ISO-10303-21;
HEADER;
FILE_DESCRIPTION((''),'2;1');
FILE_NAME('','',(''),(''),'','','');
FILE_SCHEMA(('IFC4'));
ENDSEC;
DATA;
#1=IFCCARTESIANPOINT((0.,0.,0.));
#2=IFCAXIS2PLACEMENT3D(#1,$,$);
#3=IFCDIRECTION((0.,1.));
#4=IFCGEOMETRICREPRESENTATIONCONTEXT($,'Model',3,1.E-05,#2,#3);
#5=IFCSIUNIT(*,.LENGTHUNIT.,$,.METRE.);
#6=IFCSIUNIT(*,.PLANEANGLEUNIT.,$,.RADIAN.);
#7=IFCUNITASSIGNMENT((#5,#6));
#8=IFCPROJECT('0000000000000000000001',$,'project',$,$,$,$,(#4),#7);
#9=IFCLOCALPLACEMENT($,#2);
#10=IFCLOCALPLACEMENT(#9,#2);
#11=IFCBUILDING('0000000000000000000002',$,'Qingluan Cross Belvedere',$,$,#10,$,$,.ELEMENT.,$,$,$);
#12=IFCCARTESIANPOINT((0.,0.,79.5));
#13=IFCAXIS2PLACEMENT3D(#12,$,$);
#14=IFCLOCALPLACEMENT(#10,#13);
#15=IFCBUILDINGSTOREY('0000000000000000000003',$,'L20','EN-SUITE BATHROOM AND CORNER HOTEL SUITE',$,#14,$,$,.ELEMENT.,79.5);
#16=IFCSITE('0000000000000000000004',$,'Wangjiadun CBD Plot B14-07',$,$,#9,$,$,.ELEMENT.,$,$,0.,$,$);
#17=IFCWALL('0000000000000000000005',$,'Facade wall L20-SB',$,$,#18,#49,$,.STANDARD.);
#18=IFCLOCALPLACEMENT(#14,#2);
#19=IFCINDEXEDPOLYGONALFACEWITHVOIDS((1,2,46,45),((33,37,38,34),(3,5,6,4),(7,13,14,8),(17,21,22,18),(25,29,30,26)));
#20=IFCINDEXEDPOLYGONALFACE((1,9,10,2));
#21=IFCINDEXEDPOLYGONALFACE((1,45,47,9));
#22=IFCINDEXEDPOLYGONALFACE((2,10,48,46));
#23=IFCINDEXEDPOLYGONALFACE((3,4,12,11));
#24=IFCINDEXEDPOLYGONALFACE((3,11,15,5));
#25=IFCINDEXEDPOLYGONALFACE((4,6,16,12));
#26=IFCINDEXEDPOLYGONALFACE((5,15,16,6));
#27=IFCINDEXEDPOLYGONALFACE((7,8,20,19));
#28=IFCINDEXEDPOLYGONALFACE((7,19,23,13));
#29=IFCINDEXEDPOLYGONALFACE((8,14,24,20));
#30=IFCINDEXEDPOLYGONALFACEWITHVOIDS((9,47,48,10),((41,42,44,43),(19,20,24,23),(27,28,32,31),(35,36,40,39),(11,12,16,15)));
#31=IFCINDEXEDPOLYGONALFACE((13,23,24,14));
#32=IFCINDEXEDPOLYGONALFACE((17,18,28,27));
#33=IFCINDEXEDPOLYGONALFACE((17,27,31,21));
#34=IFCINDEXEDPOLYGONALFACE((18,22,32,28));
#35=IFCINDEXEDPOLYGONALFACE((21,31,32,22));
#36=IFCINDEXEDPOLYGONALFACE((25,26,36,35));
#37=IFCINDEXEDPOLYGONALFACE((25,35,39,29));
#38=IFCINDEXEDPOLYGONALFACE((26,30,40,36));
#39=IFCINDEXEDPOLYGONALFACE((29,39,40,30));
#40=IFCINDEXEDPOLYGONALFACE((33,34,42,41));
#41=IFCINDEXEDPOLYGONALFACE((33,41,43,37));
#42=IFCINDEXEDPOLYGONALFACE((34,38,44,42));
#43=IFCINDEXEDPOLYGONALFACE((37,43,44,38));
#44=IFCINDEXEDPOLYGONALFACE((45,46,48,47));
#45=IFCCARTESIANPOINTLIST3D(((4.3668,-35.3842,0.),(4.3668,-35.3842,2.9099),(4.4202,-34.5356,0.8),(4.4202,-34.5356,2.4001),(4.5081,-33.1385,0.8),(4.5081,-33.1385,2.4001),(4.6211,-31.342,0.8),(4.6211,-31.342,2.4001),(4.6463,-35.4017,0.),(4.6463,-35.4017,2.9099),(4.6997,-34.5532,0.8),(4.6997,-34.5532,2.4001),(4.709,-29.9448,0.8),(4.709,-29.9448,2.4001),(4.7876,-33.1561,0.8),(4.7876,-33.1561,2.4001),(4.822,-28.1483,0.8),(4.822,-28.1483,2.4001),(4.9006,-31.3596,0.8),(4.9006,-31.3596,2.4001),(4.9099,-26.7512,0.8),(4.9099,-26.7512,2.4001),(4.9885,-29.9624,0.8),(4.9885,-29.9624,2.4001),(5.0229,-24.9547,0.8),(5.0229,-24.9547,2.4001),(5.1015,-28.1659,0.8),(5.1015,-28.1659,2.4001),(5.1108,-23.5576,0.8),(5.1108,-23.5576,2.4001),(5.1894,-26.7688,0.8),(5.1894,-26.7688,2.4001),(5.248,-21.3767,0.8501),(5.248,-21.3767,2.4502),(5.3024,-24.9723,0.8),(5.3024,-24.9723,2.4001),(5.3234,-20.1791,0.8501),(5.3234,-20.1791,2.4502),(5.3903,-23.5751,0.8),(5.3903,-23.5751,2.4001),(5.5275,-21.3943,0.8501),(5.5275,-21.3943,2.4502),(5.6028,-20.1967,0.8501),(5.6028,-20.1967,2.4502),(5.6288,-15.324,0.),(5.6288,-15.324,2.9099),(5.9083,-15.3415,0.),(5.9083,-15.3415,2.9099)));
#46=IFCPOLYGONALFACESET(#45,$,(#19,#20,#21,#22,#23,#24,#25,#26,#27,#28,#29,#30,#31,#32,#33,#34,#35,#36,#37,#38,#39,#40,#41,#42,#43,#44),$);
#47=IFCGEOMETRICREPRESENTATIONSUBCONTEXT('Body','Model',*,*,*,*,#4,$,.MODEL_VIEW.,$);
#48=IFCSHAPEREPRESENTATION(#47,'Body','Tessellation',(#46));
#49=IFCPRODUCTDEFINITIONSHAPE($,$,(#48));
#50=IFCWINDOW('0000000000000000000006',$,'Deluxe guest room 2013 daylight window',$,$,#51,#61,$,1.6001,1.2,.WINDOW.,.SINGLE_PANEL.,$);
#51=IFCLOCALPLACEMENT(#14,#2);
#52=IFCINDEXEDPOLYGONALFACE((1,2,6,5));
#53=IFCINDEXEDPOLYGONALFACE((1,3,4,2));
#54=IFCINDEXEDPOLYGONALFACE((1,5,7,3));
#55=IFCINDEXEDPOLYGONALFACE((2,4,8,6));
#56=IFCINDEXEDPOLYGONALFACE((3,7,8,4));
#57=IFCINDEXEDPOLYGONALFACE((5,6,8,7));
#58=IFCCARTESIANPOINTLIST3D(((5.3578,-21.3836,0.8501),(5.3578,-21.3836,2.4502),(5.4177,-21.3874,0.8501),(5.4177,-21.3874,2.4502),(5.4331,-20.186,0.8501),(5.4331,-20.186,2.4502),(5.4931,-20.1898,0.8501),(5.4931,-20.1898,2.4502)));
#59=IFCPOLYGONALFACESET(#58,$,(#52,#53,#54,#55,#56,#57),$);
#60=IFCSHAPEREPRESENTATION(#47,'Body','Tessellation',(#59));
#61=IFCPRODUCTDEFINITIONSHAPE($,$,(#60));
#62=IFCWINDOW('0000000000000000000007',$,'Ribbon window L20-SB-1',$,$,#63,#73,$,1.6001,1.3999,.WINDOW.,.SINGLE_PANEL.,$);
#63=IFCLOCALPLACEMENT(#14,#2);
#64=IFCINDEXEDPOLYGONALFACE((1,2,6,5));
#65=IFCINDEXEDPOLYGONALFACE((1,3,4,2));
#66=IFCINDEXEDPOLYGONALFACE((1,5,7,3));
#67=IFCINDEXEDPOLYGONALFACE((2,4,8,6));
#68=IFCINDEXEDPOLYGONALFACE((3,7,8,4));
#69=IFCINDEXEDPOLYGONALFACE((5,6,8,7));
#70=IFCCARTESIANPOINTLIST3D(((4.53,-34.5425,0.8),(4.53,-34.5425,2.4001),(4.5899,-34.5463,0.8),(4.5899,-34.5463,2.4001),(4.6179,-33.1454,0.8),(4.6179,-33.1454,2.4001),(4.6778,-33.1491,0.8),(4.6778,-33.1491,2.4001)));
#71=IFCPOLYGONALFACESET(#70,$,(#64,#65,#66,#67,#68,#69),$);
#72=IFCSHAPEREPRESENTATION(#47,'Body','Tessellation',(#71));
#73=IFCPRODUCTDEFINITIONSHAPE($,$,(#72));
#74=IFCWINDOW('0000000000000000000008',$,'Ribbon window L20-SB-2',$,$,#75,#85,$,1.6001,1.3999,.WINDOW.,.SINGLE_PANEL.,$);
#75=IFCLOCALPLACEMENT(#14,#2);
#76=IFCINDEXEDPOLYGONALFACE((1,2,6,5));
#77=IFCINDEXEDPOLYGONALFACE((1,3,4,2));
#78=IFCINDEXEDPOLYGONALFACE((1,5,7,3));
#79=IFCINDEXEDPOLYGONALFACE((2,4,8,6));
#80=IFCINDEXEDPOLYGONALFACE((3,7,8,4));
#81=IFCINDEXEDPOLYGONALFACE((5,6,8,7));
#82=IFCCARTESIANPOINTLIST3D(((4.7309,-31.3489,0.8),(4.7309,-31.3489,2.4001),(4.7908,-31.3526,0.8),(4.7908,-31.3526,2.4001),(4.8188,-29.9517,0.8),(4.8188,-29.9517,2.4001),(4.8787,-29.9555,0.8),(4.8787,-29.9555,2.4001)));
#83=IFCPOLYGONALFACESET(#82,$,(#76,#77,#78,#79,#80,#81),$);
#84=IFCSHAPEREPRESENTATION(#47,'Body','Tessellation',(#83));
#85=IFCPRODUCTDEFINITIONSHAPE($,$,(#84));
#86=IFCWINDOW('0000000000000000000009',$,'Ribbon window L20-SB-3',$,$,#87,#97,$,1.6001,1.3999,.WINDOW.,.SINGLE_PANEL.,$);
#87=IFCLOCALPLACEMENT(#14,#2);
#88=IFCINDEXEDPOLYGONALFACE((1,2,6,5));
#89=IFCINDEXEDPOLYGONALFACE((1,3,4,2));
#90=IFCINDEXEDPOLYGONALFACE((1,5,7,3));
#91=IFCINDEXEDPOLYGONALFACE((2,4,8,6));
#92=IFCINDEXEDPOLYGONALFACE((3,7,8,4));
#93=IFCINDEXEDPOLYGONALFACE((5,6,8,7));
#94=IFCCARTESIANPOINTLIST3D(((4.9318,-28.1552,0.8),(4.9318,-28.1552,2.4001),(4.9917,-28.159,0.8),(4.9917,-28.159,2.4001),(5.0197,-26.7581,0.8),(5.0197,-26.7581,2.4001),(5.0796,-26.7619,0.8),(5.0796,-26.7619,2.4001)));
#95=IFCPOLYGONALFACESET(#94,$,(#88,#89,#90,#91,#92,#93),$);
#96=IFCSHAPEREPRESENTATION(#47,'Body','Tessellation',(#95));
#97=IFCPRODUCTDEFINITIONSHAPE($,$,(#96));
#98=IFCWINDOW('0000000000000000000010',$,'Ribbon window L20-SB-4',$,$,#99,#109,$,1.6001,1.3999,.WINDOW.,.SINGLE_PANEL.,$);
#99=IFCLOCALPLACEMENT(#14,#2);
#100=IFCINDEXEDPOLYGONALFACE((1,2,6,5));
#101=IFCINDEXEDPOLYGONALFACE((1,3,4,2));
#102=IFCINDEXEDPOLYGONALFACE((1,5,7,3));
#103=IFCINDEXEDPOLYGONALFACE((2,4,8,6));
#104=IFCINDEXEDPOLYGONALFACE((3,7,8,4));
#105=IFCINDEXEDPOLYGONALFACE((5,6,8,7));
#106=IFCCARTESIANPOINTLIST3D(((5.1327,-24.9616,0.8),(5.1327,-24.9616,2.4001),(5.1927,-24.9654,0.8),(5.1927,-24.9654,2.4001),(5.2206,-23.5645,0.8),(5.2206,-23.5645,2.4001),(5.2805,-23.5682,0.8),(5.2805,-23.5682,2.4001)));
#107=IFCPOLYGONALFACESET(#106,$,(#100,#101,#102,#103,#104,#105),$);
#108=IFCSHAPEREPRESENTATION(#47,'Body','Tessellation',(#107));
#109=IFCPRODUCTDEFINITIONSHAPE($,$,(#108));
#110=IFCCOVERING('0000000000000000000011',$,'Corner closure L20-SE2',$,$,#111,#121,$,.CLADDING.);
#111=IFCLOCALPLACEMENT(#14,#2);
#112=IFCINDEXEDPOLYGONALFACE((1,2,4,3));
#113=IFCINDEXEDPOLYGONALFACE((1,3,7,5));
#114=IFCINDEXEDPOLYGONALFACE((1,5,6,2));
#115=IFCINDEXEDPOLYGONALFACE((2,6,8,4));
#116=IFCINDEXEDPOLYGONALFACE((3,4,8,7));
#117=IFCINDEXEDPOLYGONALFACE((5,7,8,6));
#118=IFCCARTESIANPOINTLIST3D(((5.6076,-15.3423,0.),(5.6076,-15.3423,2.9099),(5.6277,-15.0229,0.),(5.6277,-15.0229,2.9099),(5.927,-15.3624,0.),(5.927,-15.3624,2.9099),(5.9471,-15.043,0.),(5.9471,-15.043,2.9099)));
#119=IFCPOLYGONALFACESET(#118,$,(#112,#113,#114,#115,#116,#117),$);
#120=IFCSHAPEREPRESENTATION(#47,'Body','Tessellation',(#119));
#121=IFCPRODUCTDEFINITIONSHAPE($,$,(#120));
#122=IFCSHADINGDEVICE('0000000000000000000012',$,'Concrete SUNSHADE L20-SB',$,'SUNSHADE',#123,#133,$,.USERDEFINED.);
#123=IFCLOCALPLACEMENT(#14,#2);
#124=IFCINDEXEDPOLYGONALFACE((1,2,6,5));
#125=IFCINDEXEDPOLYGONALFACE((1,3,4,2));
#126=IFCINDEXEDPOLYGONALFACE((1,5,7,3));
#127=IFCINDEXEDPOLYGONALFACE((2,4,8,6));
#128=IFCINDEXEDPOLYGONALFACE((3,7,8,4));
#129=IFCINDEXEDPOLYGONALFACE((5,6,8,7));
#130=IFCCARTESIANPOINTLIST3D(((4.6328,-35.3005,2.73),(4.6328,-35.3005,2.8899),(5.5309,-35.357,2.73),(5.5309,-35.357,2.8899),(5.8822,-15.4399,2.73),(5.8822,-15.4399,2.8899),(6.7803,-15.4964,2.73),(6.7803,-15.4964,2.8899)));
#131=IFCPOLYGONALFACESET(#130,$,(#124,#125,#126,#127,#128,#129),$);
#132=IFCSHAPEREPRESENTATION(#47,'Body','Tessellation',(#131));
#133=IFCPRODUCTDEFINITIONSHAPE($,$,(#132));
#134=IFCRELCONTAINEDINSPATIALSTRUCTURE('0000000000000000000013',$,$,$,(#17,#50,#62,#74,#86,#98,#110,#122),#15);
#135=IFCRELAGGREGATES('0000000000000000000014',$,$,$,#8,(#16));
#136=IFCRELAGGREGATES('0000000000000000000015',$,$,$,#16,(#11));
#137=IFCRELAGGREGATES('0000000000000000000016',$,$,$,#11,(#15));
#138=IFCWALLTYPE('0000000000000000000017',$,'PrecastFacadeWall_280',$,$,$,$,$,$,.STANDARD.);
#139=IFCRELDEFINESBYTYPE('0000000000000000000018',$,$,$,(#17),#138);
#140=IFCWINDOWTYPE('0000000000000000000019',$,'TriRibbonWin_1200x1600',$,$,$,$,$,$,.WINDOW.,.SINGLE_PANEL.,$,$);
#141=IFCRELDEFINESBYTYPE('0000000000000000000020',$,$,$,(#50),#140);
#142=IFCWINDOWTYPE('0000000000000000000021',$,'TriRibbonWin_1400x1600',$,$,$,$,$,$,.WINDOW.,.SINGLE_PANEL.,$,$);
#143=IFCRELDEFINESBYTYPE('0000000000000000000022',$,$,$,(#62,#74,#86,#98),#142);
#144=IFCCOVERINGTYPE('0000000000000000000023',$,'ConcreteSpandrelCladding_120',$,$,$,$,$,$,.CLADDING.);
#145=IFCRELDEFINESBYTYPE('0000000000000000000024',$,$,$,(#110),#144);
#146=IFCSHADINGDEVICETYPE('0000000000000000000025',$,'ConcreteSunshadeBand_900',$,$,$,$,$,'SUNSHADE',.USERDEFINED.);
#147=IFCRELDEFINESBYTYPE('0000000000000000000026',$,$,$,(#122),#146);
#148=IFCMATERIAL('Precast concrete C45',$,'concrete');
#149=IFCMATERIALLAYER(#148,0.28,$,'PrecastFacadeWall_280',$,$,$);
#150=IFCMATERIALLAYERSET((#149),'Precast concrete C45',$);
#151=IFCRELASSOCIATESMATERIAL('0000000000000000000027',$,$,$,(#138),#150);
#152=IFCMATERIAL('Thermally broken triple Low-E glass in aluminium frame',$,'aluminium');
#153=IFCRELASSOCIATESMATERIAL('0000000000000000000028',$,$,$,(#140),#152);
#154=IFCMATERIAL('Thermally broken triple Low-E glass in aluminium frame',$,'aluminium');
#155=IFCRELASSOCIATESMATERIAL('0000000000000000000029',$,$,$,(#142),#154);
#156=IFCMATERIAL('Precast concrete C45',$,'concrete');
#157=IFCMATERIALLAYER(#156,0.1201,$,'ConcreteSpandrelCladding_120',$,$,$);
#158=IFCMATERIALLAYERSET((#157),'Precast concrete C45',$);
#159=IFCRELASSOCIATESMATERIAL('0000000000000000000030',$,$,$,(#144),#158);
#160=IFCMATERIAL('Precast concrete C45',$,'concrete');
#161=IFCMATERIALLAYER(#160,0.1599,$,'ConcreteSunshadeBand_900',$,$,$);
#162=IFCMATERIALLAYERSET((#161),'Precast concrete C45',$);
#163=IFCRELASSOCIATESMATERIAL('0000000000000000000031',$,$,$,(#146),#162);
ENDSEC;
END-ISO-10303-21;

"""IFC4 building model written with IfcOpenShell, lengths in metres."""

from ifc_helpers import new_model, si_unit, direction, frame, frame_2d, origin, origin_2d, place, context, subcontext, project, spatial, rectangle, extrude, material, layer, layer_set, type_object, element, fill, save


model = new_model("IFC4")

# Units and contexts
model_context = context("Model", 3, precision=1e-05, world=origin(), true_north=direction((0.0, 1.0)))
body_context = subcontext(model_context, "Body", "Model", "MODEL_VIEW")
ifc_project = project(units=[si_unit("LENGTHUNIT", "METRE"), si_unit("PLANEANGLEUNIT", "RADIAN")], contexts=[model_context])

# Site, building, storey
site_placement = place(None, origin())
site = spatial("IfcSite", under=ifc_project, at=site_placement, Name="Wangjiadun CBD Plot B14-07", CompositionType="ELEMENT", RefElevation=0.0)
building_placement = place(site_placement, origin())
building = spatial("IfcBuilding", under=site, at=building_placement, Name="Qingluan Cross Belvedere", CompositionType="ELEMENT")
storey_placement = place(building_placement, frame((0.0, 0.0, 79.5)))
storey = spatial("IfcBuildingStorey", under=building, at=storey_placement, Name="L20", Description="EN-SUITE BATHROOM AND CORNER HOTEL SUITE", CompositionType="ELEMENT", Elevation=79.5)

# Wall, openings, windows
ifc_material_1 = material(Name="Precast concrete C45", Category="concrete")
ifc_layer_1 = layer(ifc_material_1, 0.28, Name="PrecastFacadeWall_280")
ifc_layer_set_1 = layer_set([ifc_layer_1], Name="Precast concrete C45")
wall_type_1 = type_object("IfcWallType", Name="PrecastFacadeWall_280", PredefinedType="STANDARD", material=ifc_layer_set_1)
wall_1_placement = place(storey_placement, frame((4.5066, -35.3928, 0.0), z_axis=(0.0, 0.0, 1.0), x_axis=(0.062784, 0.998027, 0.0)))
wall_1 = element("IfcWall", 1, at=wall_1_placement, inside=storey, type_object=wall_type_1, Name="Facade wall L20-SB", PredefinedType="STANDARD", context=body_context, shape_type="SweptSolid", body=[
    extrude(rectangle(XDim=20.0999, YDim=0.28, at=frame_2d((10.0498, 0.0))), origin(), (0.0, 0.0, 1.0), 2.9099),
])
opening_1_placement = place(wall_1_placement, frame((0.8501, 0.0, 0.8)))
opening_1 = element("IfcOpeningElement", 2, at=opening_1_placement, cuts=wall_1, PredefinedType="OPENING", context=body_context, shape_type="SweptSolid", body=[
    extrude(rectangle(XDim=1.3999, YDim=1.6001, at=frame_2d((0.7, 0.8))), frame((0.0, 0.1499, 0.0), z_axis=(0.0, -1.0, 0.0), x_axis=(1.0, 0.0, 0.0)), (0.0, 0.0, 1.0), 0.3),
])
opening_2_placement = place(wall_1_placement, frame((4.05, 0.0, 0.8)))
opening_2 = element("IfcOpeningElement", 3, at=opening_2_placement, cuts=wall_1, PredefinedType="OPENING", context=body_context, shape_type="SweptSolid", body=[
    extrude(rectangle(XDim=1.3999, YDim=1.6001, at=frame_2d((0.7, 0.8))), frame((0.0, 0.1499, 0.0), z_axis=(0.0, -1.0, 0.0), x_axis=(1.0, 0.0, 0.0)), (0.0, 0.0, 1.0), 0.3),
])
opening_3_placement = place(wall_1_placement, frame((7.25, 0.0, 0.8)))
opening_3 = element("IfcOpeningElement", 4, at=opening_3_placement, cuts=wall_1, PredefinedType="OPENING", context=body_context, shape_type="SweptSolid", body=[
    extrude(rectangle(XDim=1.3999, YDim=1.6001, at=frame_2d((0.7, 0.8))), frame((0.0, 0.1499, 0.0), z_axis=(0.0, -1.0, 0.0), x_axis=(1.0, 0.0, 0.0)), (0.0, 0.0, 1.0), 0.3),
])
opening_4_placement = place(wall_1_placement, frame((10.45, 0.0, 0.8)))
opening_4 = element("IfcOpeningElement", 5, at=opening_4_placement, cuts=wall_1, PredefinedType="OPENING", context=body_context, shape_type="SweptSolid", body=[
    extrude(rectangle(XDim=1.3999, YDim=1.6001, at=frame_2d((0.7, 0.8))), frame((0.0, 0.1499, 0.0), z_axis=(0.0, -1.0, 0.0), x_axis=(1.0, 0.0, 0.0)), (0.0, 0.0, 1.0), 0.3),
])
opening_5_placement = place(wall_1_placement, frame((14.0349, 0.0, 0.8501)))
opening_5 = element("IfcOpeningElement", 6, at=opening_5_placement, cuts=wall_1, PredefinedType="OPENING", context=body_context, shape_type="SweptSolid", body=[
    extrude(rectangle(XDim=1.2, YDim=1.6001, at=frame_2d((0.6001, 0.8))), frame((0.0, 0.1499, 0.0), z_axis=(0.0, -1.0, 0.0), x_axis=(1.0, 0.0, 0.0)), (0.0, 0.0, 1.0), 0.3),
])
ifc_material_2 = material(Name="Thermally broken triple Low-E glass in aluminium frame", Category="aluminium")
window_type_1 = type_object("IfcWindowType", Name="TriRibbonWin_1200x1600", PartitioningType="SINGLE_PANEL", PredefinedType="WINDOW", material=ifc_material_2)
window_1_placement = place(opening_5_placement, origin())
window_1 = element("IfcWindow", 7, at=window_1_placement, inside=storey, type_object=window_type_1, Name="Deluxe guest room 2013 daylight window", OverallHeight=1.6001, OverallWidth=1.2, PartitioningType="SINGLE_PANEL", PredefinedType="WINDOW", context=body_context, shape_type="SweptSolid", body=[
    extrude(rectangle(XDim=1.2, YDim=1.6001, at=frame_2d((0.6001, 0.8))), frame((0.0, 0.03, 0.0), z_axis=(0.0, -1.0, 0.0), x_axis=(1.0, 0.0, 0.0)), (0.0, 0.0, 1.0), 0.0601),
])
fill(opening_5, window_1)
ifc_material_3 = material(Name="Thermally broken triple Low-E glass in aluminium frame", Category="aluminium")
window_type_2 = type_object("IfcWindowType", Name="TriRibbonWin_1400x1600", PartitioningType="SINGLE_PANEL", PredefinedType="WINDOW", material=ifc_material_3)
window_2_placement = place(opening_1_placement, origin())
window_2 = element("IfcWindow", 8, at=window_2_placement, inside=storey, type_object=window_type_2, Name="Ribbon window L20-SB-1", OverallHeight=1.6001, OverallWidth=1.3999, PartitioningType="SINGLE_PANEL", PredefinedType="WINDOW", context=body_context, shape_type="SweptSolid", body=[
    extrude(rectangle(XDim=1.3999, YDim=1.6001, at=frame_2d((0.7, 0.8))), frame((0.0, 0.03, 0.0), z_axis=(0.0, -1.0, 0.0), x_axis=(1.0, 0.0, 0.0)), (0.0, 0.0, 1.0), 0.0601),
])
fill(opening_1, window_2)
window_3_placement = place(opening_2_placement, origin())
window_3 = element("IfcWindow", 9, at=window_3_placement, inside=storey, type_object=window_type_2, Name="Ribbon window L20-SB-2", OverallHeight=1.6001, OverallWidth=1.3999, PartitioningType="SINGLE_PANEL", PredefinedType="WINDOW", context=body_context, shape_type="SweptSolid", body=[
    extrude(rectangle(XDim=1.3999, YDim=1.6001, at=frame_2d((0.7, 0.8))), frame((0.0, 0.03, 0.0), z_axis=(0.0, -1.0, 0.0), x_axis=(1.0, 0.0, 0.0)), (0.0, 0.0, 1.0), 0.0601),
])
fill(opening_2, window_3)
window_4_placement = place(opening_3_placement, origin())
window_4 = element("IfcWindow", 10, at=window_4_placement, inside=storey, type_object=window_type_2, Name="Ribbon window L20-SB-3", OverallHeight=1.6001, OverallWidth=1.3999, PartitioningType="SINGLE_PANEL", PredefinedType="WINDOW", context=body_context, shape_type="SweptSolid", body=[
    extrude(rectangle(XDim=1.3999, YDim=1.6001, at=frame_2d((0.7, 0.8))), frame((0.0, 0.03, 0.0), z_axis=(0.0, -1.0, 0.0), x_axis=(1.0, 0.0, 0.0)), (0.0, 0.0, 1.0), 0.0601),
])
fill(opening_3, window_4)
window_5_placement = place(opening_4_placement, origin())
window_5 = element("IfcWindow", 11, at=window_5_placement, inside=storey, type_object=window_type_2, Name="Ribbon window L20-SB-4", OverallHeight=1.6001, OverallWidth=1.3999, PartitioningType="SINGLE_PANEL", PredefinedType="WINDOW", context=body_context, shape_type="SweptSolid", body=[
    extrude(rectangle(XDim=1.3999, YDim=1.6001, at=frame_2d((0.7, 0.8))), frame((0.0, 0.03, 0.0), z_axis=(0.0, -1.0, 0.0), x_axis=(1.0, 0.0, 0.0)), (0.0, 0.0, 1.0), 0.0601),
])
fill(opening_4, window_5)

# Covering
ifc_material_4 = material(Name="Precast concrete C45", Category="concrete")
ifc_layer_2 = layer(ifc_material_4, 0.1201, Name="ConcreteSpandrelCladding_120")
ifc_layer_set_2 = layer_set([ifc_layer_2], Name="Precast concrete C45")
covering_type = type_object("IfcCoveringType", Name="ConcreteSpandrelCladding_120", PredefinedType="CLADDING", material=ifc_layer_set_2)
covering_placement = place(storey_placement, frame((5.7773, -15.1926, 0.0), z_axis=(0.0, 0.0, 1.0), x_axis=(0.998027, -0.062791, 0.0)))
element("IfcCovering", 12, at=covering_placement, inside=storey, type_object=covering_type, Name="Corner closure L20-SE2", PredefinedType="CLADDING", context=body_context, shape_type="SweptSolid", body=[
    extrude(rectangle(XDim=0.3201, YDim=0.3201, at=origin_2d()), origin(), (0.0, 0.0, 1.0), 2.9099),
])

# Shading device
ifc_material_5 = material(Name="Precast concrete C45", Category="concrete")
ifc_layer_3 = layer(ifc_material_5, 0.1599, Name="ConcreteSunshadeBand_900")
ifc_layer_set_3 = layer_set([ifc_layer_3], Name="Precast concrete C45")
shading_device_type = type_object("IfcShadingDeviceType", Name="ConcreteSunshadeBand_900", ElementType="SUNSHADE", PredefinedType="USERDEFINED", material=ifc_layer_set_3)
shading_device_placement = place(storey_placement, frame((5.7065, -25.3984, 2.73), z_axis=(0.0, 0.0, 1.0), x_axis=(0.062786, 0.998027, 0.0)))
element("IfcShadingDevice", 13, at=shading_device_placement, inside=storey, type_object=shading_device_type, Name="Concrete SUNSHADE L20-SB", ObjectType="SUNSHADE", PredefinedType="USERDEFINED", context=body_context, shape_type="SweptSolid", body=[
    extrude(rectangle(XDim=19.8999, YDim=0.8999, at=origin_2d()), origin(), (0.0, 0.0, 1.0), 0.1599),
])

save(model, "model.ifc")
